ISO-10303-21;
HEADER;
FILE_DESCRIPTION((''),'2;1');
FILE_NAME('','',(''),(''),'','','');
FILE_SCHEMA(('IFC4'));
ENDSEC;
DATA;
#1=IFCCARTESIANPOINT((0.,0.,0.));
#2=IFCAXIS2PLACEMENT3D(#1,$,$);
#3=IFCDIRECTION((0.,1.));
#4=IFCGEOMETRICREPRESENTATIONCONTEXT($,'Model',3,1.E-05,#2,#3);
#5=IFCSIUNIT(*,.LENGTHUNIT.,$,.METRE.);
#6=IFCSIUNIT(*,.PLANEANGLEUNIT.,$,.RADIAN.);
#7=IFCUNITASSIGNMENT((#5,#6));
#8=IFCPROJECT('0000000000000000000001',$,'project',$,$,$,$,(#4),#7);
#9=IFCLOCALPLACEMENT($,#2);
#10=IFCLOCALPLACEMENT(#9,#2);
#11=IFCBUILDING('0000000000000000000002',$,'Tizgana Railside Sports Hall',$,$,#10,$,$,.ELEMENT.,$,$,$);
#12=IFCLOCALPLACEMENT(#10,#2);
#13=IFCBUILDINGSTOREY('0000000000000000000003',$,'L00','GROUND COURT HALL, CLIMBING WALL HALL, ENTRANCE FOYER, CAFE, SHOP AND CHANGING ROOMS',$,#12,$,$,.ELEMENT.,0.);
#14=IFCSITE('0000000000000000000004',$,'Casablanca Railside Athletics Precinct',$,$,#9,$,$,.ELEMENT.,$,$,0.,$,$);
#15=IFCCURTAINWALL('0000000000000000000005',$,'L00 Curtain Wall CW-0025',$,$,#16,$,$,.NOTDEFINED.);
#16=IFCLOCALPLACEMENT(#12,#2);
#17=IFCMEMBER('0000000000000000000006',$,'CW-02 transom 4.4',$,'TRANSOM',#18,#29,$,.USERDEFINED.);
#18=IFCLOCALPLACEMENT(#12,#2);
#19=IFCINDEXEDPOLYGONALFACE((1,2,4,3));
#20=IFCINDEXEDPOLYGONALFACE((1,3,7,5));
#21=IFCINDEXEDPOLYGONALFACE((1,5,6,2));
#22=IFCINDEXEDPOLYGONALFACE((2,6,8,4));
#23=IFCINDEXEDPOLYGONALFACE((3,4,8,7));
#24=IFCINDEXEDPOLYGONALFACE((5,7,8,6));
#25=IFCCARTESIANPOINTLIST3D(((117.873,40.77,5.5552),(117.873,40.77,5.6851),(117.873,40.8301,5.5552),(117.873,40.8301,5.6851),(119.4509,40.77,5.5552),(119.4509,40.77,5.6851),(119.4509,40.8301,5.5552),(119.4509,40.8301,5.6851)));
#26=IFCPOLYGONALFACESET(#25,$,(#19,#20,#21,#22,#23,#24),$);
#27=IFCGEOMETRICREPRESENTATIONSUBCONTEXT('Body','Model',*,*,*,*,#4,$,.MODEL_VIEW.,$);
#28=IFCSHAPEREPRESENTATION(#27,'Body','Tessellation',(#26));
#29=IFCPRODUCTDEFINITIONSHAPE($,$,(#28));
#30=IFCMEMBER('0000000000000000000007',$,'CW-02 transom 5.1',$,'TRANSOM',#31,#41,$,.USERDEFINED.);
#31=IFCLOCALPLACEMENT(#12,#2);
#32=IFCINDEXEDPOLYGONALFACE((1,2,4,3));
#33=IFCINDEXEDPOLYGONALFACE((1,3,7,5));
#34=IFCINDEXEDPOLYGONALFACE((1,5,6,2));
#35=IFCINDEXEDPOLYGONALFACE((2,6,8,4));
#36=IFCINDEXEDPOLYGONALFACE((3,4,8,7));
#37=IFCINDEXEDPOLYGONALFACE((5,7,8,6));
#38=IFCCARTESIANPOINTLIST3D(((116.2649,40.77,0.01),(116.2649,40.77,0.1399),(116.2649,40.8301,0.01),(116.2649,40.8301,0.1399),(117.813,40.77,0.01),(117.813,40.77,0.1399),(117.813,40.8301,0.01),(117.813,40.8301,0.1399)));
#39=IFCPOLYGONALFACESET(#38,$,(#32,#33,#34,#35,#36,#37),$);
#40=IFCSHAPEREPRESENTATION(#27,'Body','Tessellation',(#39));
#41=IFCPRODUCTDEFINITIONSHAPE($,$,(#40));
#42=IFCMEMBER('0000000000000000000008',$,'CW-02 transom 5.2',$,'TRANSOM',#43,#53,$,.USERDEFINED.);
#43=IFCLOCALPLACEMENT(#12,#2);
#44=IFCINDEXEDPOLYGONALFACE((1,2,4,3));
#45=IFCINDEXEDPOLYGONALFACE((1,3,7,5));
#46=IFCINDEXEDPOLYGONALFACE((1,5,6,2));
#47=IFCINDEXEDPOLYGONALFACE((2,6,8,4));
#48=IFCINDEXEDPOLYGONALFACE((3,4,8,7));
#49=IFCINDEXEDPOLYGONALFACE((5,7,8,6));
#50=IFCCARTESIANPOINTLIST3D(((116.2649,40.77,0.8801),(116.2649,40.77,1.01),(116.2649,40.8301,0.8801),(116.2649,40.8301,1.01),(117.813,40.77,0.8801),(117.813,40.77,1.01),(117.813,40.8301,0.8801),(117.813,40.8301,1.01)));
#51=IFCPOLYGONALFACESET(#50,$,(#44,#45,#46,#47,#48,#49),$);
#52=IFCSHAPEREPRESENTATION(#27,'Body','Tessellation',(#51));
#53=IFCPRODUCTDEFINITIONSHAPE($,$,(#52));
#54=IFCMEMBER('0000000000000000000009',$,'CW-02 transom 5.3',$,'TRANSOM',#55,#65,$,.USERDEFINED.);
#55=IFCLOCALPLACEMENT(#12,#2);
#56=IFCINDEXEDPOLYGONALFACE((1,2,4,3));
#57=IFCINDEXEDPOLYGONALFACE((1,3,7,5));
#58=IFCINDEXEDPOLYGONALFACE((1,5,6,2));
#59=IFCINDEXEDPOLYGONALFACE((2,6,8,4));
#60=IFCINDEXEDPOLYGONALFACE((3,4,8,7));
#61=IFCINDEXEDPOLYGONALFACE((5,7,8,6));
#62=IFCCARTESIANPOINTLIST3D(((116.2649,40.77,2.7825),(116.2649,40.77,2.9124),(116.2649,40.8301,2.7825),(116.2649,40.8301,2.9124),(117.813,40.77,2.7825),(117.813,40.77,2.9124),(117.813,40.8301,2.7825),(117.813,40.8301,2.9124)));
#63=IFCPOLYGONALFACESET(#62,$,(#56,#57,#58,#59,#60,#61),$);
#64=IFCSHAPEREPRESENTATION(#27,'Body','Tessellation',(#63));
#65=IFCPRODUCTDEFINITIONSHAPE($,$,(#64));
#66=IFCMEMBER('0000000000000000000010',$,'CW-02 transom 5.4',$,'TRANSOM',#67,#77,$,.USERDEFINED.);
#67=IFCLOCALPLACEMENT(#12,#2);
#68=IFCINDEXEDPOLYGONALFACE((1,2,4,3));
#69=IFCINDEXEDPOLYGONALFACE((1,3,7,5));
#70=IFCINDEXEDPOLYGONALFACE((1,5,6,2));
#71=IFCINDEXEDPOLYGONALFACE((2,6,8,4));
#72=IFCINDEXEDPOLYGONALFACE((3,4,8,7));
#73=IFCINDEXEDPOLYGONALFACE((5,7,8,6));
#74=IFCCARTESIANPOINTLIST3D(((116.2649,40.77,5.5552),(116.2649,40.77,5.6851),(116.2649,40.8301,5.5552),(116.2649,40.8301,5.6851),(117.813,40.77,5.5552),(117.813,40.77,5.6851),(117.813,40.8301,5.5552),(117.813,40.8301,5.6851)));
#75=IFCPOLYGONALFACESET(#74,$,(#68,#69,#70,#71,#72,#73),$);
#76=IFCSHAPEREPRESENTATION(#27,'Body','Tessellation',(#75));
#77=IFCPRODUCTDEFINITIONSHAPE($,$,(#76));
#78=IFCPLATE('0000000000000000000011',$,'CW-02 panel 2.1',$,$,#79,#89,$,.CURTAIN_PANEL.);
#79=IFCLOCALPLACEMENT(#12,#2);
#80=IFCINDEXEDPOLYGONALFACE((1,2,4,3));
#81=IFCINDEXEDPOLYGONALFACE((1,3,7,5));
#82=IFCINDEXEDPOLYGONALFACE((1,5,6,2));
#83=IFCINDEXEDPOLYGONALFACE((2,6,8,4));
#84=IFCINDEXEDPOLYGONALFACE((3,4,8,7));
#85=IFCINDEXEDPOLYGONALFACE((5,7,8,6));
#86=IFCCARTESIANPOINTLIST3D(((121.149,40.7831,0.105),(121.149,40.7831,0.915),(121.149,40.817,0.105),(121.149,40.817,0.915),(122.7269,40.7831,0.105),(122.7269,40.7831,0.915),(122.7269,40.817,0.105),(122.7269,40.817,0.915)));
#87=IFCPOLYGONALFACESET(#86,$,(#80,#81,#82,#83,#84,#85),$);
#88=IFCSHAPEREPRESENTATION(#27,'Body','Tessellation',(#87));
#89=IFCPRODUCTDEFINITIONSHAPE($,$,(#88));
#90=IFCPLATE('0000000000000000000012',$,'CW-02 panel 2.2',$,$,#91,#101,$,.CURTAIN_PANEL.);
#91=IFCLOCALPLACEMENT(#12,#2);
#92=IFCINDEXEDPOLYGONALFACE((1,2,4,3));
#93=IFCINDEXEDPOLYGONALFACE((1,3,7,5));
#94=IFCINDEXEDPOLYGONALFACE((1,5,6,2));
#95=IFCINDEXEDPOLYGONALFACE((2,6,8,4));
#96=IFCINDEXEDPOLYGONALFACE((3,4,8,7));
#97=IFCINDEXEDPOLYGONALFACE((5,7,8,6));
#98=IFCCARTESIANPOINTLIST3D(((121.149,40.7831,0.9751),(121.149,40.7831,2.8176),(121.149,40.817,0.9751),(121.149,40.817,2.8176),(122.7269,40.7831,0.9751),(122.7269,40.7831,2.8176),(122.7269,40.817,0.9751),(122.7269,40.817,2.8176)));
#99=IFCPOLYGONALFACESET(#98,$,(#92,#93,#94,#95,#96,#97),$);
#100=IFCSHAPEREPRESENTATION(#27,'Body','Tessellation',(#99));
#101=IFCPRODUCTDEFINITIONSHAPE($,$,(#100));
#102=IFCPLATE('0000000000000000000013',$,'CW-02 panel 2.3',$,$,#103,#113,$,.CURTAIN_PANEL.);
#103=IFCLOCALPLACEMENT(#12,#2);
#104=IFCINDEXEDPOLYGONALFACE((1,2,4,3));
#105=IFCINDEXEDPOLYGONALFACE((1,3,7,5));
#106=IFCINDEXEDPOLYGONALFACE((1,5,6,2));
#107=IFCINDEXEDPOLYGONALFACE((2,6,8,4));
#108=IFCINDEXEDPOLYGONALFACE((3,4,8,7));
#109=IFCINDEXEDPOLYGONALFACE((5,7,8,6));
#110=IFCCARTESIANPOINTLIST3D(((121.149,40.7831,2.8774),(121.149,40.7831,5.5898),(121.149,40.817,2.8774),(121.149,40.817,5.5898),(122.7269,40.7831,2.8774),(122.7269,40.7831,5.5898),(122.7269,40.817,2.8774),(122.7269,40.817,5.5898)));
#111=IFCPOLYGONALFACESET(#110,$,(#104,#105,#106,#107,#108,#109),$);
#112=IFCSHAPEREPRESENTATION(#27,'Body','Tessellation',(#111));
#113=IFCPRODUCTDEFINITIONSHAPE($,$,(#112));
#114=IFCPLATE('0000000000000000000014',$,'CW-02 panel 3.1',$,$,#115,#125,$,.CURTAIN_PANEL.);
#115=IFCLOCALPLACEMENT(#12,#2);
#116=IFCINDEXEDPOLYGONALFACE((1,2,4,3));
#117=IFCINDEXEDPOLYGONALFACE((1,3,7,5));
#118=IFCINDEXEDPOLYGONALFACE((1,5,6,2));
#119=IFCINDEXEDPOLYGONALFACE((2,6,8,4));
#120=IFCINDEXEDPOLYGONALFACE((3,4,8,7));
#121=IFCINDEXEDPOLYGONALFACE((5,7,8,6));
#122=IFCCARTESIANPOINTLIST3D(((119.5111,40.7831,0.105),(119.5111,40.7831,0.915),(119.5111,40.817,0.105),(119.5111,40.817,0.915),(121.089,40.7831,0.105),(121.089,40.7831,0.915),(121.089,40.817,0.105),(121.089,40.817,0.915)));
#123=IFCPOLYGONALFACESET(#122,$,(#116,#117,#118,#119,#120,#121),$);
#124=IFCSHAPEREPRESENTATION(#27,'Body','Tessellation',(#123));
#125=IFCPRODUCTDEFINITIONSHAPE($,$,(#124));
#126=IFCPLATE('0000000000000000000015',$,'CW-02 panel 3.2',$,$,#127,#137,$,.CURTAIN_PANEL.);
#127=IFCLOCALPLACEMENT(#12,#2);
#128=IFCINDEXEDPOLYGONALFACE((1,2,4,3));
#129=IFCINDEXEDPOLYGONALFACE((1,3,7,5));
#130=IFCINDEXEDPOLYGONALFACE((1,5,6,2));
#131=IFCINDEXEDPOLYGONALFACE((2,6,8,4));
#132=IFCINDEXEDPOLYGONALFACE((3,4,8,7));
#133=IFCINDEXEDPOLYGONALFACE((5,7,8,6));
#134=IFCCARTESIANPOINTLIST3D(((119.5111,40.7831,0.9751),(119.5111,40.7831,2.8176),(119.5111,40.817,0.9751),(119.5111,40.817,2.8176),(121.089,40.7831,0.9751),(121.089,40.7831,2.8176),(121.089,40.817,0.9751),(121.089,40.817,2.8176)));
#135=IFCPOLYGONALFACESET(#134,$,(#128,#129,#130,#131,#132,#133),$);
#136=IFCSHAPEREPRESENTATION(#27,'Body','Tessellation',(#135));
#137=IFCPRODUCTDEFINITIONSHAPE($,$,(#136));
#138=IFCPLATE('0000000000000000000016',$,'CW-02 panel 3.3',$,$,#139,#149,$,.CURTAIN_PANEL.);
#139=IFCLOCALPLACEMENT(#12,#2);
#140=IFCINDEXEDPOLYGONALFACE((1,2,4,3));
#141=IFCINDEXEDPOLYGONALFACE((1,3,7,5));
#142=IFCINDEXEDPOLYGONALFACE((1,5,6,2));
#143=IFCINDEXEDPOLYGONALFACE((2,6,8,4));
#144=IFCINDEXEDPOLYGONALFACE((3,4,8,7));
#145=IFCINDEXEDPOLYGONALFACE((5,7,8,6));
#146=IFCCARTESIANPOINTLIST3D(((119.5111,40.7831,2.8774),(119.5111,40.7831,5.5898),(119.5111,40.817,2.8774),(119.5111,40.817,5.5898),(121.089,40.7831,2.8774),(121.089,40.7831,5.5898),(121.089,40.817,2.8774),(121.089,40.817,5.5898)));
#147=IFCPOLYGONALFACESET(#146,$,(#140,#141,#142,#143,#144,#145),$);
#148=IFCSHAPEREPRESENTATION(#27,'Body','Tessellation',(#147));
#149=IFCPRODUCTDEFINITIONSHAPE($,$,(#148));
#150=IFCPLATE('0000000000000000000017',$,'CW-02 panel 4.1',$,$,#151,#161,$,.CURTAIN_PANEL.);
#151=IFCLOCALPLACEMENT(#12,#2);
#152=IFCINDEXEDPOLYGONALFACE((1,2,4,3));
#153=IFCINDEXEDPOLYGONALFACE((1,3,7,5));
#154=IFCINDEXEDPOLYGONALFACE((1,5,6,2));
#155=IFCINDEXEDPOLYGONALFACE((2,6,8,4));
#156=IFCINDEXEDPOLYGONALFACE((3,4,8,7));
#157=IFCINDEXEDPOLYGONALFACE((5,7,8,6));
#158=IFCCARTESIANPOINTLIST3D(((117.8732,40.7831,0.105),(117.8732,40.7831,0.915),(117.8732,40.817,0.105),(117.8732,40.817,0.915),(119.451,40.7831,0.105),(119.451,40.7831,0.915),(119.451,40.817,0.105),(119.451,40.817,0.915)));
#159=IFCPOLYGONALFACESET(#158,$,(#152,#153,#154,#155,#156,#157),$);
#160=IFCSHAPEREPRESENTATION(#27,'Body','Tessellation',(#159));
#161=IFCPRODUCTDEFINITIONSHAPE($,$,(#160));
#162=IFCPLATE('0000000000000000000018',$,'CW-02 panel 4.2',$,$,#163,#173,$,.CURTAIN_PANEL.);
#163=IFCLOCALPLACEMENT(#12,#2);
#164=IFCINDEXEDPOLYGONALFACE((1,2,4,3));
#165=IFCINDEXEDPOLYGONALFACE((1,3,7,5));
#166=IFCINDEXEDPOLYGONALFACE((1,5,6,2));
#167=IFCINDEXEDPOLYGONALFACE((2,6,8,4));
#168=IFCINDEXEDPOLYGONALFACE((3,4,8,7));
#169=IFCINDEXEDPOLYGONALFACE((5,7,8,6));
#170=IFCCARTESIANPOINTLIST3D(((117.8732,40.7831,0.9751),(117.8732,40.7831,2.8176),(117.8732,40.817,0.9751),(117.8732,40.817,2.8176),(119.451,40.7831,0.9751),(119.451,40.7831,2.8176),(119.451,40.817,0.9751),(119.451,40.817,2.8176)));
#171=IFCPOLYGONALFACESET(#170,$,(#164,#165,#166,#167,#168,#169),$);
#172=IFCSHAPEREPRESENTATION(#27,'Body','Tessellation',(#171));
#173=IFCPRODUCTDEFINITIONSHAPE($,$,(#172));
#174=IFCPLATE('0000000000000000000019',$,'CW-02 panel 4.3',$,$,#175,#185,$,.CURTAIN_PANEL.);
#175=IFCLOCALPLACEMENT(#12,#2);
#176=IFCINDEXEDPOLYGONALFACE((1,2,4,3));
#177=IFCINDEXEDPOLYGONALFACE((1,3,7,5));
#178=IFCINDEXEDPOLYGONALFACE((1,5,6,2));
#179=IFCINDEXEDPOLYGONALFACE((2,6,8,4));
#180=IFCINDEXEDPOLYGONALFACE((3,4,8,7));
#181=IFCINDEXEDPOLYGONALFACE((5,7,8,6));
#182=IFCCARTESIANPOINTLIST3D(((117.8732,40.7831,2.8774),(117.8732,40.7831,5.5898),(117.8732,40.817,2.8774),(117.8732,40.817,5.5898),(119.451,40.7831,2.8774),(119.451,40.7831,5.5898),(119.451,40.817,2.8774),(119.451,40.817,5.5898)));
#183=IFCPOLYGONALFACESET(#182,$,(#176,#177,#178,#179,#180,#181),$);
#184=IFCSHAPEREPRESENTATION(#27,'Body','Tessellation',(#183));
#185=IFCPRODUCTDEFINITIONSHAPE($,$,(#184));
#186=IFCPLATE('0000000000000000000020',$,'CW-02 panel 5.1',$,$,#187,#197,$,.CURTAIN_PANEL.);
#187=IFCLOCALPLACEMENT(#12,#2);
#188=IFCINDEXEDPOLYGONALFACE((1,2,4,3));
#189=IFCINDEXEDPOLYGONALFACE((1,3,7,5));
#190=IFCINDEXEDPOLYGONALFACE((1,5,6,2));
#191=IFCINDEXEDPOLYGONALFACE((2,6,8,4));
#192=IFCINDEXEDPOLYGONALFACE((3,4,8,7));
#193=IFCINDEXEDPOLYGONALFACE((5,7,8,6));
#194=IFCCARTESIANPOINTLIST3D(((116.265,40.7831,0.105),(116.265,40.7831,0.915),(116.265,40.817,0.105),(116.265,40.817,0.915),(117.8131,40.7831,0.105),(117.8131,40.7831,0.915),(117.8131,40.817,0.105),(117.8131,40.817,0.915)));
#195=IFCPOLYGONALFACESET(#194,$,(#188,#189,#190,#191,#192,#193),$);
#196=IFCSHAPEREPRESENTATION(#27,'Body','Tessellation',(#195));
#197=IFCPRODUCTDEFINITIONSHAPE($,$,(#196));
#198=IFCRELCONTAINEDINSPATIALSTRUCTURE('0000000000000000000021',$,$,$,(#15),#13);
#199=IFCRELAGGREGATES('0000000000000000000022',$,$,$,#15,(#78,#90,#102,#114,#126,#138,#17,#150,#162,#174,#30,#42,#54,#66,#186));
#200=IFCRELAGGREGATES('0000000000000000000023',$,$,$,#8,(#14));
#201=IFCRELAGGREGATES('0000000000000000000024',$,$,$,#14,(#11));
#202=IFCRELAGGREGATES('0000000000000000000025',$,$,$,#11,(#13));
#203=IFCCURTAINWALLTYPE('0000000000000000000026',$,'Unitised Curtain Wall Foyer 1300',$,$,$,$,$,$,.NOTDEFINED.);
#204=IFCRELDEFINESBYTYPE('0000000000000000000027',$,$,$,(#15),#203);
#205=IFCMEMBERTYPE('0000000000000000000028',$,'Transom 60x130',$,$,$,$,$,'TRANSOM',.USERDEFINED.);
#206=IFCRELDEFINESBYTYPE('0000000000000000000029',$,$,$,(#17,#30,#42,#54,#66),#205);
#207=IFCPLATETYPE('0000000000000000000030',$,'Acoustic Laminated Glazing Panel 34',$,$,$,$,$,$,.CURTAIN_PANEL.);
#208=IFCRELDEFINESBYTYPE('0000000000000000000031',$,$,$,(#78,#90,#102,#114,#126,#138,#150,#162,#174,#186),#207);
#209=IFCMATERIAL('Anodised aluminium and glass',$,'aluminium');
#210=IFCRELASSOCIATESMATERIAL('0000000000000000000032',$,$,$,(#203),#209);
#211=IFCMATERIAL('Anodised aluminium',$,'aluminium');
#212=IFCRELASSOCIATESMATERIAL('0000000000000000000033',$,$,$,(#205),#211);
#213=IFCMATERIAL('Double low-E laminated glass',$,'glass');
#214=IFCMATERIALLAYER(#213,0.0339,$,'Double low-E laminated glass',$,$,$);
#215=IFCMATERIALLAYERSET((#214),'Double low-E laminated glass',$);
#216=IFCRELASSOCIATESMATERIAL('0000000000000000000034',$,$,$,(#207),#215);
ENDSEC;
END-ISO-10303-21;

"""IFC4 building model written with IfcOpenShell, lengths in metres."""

from ifc_helpers import new_model, si_unit, direction, frame, origin, origin_2d, place, context, subcontext, project, spatial, rectangle, extrude, material, layer, layer_set, material_profile, profile_set, type_object, element, aggregate, save


model = new_model("IFC4")

# Units and contexts
model_context = context("Model", 3, precision=1e-05, world=origin(), true_north=direction((0.0, 1.0)))
body_context = subcontext(model_context, "Body", "Model", "MODEL_VIEW")
ifc_project = project(units=[si_unit("LENGTHUNIT", "METRE"), si_unit("PLANEANGLEUNIT", "RADIAN")], contexts=[model_context])

# Site, building, storey
site_placement = place(None, origin())
site = spatial("IfcSite", under=ifc_project, at=site_placement, Name="Casablanca Railside Athletics Precinct", CompositionType="ELEMENT", RefElevation=0.0)
building_placement = place(site_placement, origin())
building = spatial("IfcBuilding", under=site, at=building_placement, Name="Tizgana Railside Sports Hall", CompositionType="ELEMENT")
storey_placement = place(building_placement, origin())
storey = spatial("IfcBuildingStorey", under=building, at=storey_placement, Name="L00", Description="GROUND COURT HALL, CLIMBING WALL HALL, ENTRANCE FOYER, CAFE, SHOP AND CHANGING ROOMS", CompositionType="ELEMENT", Elevation=0.0)

# Curtain wall
ifc_material_1 = material(Name="Anodised aluminium and glass", Category="aluminium")
curtain_wall_type = type_object("IfcCurtainWallType", Name="Unitised Curtain Wall Foyer 1300", PredefinedType="NOTDEFINED", material=ifc_material_1)
curtain_wall_placement = place(storey_placement, origin())
curtain_wall = element("IfcCurtainWall", 1, at=curtain_wall_placement, inside=storey, type_object=curtain_wall_type, Name="L00 Curtain Wall CW-0025", PredefinedType="NOTDEFINED")
ifc_material_2 = material(Name="Anodised aluminium", Category="aluminium")

# Members
ifc_material_profile_1 = material_profile(ifc_material_2, rectangle(XDim=0.0601, YDim=0.1299, at=origin_2d()), Name="Transom 60x130")
ifc_profile_set_1 = profile_set([ifc_material_profile_1], Name="Anodised aluminium")
member_type_1 = type_object("IfcMemberType", Name="Transom 60x130", ElementType="TRANSOM", PredefinedType="USERDEFINED", material=ifc_profile_set_1)
member_1_placement = place(storey_placement, frame((119.4509, 40.8, 5.6201), z_axis=(-1.0, 0.0, 0.0), x_axis=(0.0, -1.0, 0.0)))
member_1 = element("IfcMember", 2, at=member_1_placement, type_object=member_type_1, Name="CW-02 transom 4.4", ObjectType="TRANSOM", PredefinedType="USERDEFINED", context=body_context, shape_type="SweptSolid", body=[
    extrude(rectangle(XDim=0.0601, YDim=0.1299, at=origin_2d()), origin(), (0.0, 0.0, 1.0), 1.5779),
])
member_2_placement = place(storey_placement, frame((117.813, 40.8, 0.075), z_axis=(-1.0, 0.0, 0.0), x_axis=(0.0, -1.0, 0.0)))
member_2 = element("IfcMember", 3, at=member_2_placement, type_object=member_type_1, Name="CW-02 transom 5.1", ObjectType="TRANSOM", PredefinedType="USERDEFINED", context=body_context, shape_type="SweptSolid", body=[
    extrude(rectangle(XDim=0.0601, YDim=0.1299, at=origin_2d()), origin(), (0.0, 0.0, 1.0), 1.5481),
])
member_3_placement = place(storey_placement, frame((117.813, 40.8, 0.9451), z_axis=(-1.0, 0.0, 0.0), x_axis=(0.0, -1.0, 0.0)))
member_3 = element("IfcMember", 4, at=member_3_placement, type_object=member_type_1, Name="CW-02 transom 5.2", ObjectType="TRANSOM", PredefinedType="USERDEFINED", context=body_context, shape_type="SweptSolid", body=[
    extrude(rectangle(XDim=0.0601, YDim=0.1299, at=origin_2d()), origin(), (0.0, 0.0, 1.0), 1.5481),
])
member_4_placement = place(storey_placement, frame((117.813, 40.8, 2.8474), z_axis=(-1.0, 0.0, 0.0), x_axis=(0.0, -1.0, 0.0)))
member_4 = element("IfcMember", 5, at=member_4_placement, type_object=member_type_1, Name="CW-02 transom 5.3", ObjectType="TRANSOM", PredefinedType="USERDEFINED", context=body_context, shape_type="SweptSolid", body=[
    extrude(rectangle(XDim=0.0601, YDim=0.1299, at=origin_2d()), origin(), (0.0, 0.0, 1.0), 1.5481),
])
member_5_placement = place(storey_placement, frame((117.813, 40.8, 5.6201), z_axis=(-1.0, 0.0, 0.0), x_axis=(0.0, -1.0, 0.0)))
member_5 = element("IfcMember", 6, at=member_5_placement, type_object=member_type_1, Name="CW-02 transom 5.4", ObjectType="TRANSOM", PredefinedType="USERDEFINED", context=body_context, shape_type="SweptSolid", body=[
    extrude(rectangle(XDim=0.0601, YDim=0.1299, at=origin_2d()), origin(), (0.0, 0.0, 1.0), 1.5481),
])

# Plates
ifc_material_3 = material(Name="Double low-E laminated glass", Category="glass")
ifc_layer = layer(ifc_material_3, 0.0339, Name="Double low-E laminated glass")
ifc_layer_set = layer_set([ifc_layer], Name="Double low-E laminated glass")
plate_type = type_object("IfcPlateType", Name="Acoustic Laminated Glazing Panel 34", PredefinedType="CURTAIN_PANEL", material=ifc_layer_set)
plate_1_placement = place(storey_placement, frame((121.938, 40.8, 0.105), z_axis=(0.0, 0.0, 1.0), x_axis=(-1.0, 0.0, 0.0)))
plate_1 = element("IfcPlate", 7, at=plate_1_placement, type_object=plate_type, Name="CW-02 panel 2.1", PredefinedType="CURTAIN_PANEL", context=body_context, shape_type="SweptSolid", body=[
    extrude(rectangle(XDim=1.5779, YDim=0.0339, at=origin_2d()), origin(), (0.0, 0.0, 1.0), 0.8101),
])
plate_2_placement = place(storey_placement, frame((121.938, 40.8, 0.9751), z_axis=(0.0, 0.0, 1.0), x_axis=(-1.0, 0.0, 0.0)))
plate_2 = element("IfcPlate", 8, at=plate_2_placement, type_object=plate_type, Name="CW-02 panel 2.2", PredefinedType="CURTAIN_PANEL", context=body_context, shape_type="SweptSolid", body=[
    extrude(rectangle(XDim=1.5779, YDim=0.0339, at=origin_2d()), origin(), (0.0, 0.0, 1.0), 1.8425),
])
plate_3_placement = place(storey_placement, frame((121.938, 40.8, 2.8774), z_axis=(0.0, 0.0, 1.0), x_axis=(-1.0, 0.0, 0.0)))
plate_3 = element("IfcPlate", 9, at=plate_3_placement, type_object=plate_type, Name="CW-02 panel 2.3", PredefinedType="CURTAIN_PANEL", context=body_context, shape_type="SweptSolid", body=[
    extrude(rectangle(XDim=1.5779, YDim=0.0339, at=origin_2d()), origin(), (0.0, 0.0, 1.0), 2.7124),
])
plate_4_placement = place(storey_placement, frame((120.3, 40.8, 0.105), z_axis=(0.0, 0.0, 1.0), x_axis=(-1.0, 0.0, 0.0)))
plate_4 = element("IfcPlate", 10, at=plate_4_placement, type_object=plate_type, Name="CW-02 panel 3.1", PredefinedType="CURTAIN_PANEL", context=body_context, shape_type="SweptSolid", body=[
    extrude(rectangle(XDim=1.5779, YDim=0.0339, at=origin_2d()), origin(), (0.0, 0.0, 1.0), 0.8101),
])
plate_5_placement = place(storey_placement, frame((120.3, 40.8, 0.9751), z_axis=(0.0, 0.0, 1.0), x_axis=(-1.0, 0.0, 0.0)))
plate_5 = element("IfcPlate", 11, at=plate_5_placement, type_object=plate_type, Name="CW-02 panel 3.2", PredefinedType="CURTAIN_PANEL", context=body_context, shape_type="SweptSolid", body=[
    extrude(rectangle(XDim=1.5779, YDim=0.0339, at=origin_2d()), origin(), (0.0, 0.0, 1.0), 1.8425),
])
plate_6_placement = place(storey_placement, frame((120.3, 40.8, 2.8774), z_axis=(0.0, 0.0, 1.0), x_axis=(-1.0, 0.0, 0.0)))
plate_6 = element("IfcPlate", 12, at=plate_6_placement, type_object=plate_type, Name="CW-02 panel 3.3", PredefinedType="CURTAIN_PANEL", context=body_context, shape_type="SweptSolid", body=[
    extrude(rectangle(XDim=1.5779, YDim=0.0339, at=origin_2d()), origin(), (0.0, 0.0, 1.0), 2.7124),
])
plate_7_placement = place(storey_placement, frame((118.6621, 40.8, 0.105), z_axis=(0.0, 0.0, 1.0), x_axis=(-1.0, 0.0, 0.0)))
plate_7 = element("IfcPlate", 13, at=plate_7_placement, type_object=plate_type, Name="CW-02 panel 4.1", PredefinedType="CURTAIN_PANEL", context=body_context, shape_type="SweptSolid", body=[
    extrude(rectangle(XDim=1.5779, YDim=0.0339, at=origin_2d()), origin(), (0.0, 0.0, 1.0), 0.8101),
])
plate_8_placement = place(storey_placement, frame((118.6621, 40.8, 0.9751), z_axis=(0.0, 0.0, 1.0), x_axis=(-1.0, 0.0, 0.0)))
plate_8 = element("IfcPlate", 14, at=plate_8_placement, type_object=plate_type, Name="CW-02 panel 4.2", PredefinedType="CURTAIN_PANEL", context=body_context, shape_type="SweptSolid", body=[
    extrude(rectangle(XDim=1.5779, YDim=0.0339, at=origin_2d()), origin(), (0.0, 0.0, 1.0), 1.8425),
])
plate_9_placement = place(storey_placement, frame((118.6621, 40.8, 2.8774), z_axis=(0.0, 0.0, 1.0), x_axis=(-1.0, 0.0, 0.0)))
plate_9 = element("IfcPlate", 15, at=plate_9_placement, type_object=plate_type, Name="CW-02 panel 4.3", PredefinedType="CURTAIN_PANEL", context=body_context, shape_type="SweptSolid", body=[
    extrude(rectangle(XDim=1.5779, YDim=0.0339, at=origin_2d()), origin(), (0.0, 0.0, 1.0), 2.7124),
])
plate_10_placement = place(storey_placement, frame((117.0391, 40.8, 0.105), z_axis=(0.0, 0.0, 1.0), x_axis=(-1.0, 0.0, 0.0)))
plate_10 = element("IfcPlate", 16, at=plate_10_placement, type_object=plate_type, Name="CW-02 panel 5.1", PredefinedType="CURTAIN_PANEL", context=body_context, shape_type="SweptSolid", body=[
    extrude(rectangle(XDim=1.5481, YDim=0.0339, at=origin_2d()), origin(), (0.0, 0.0, 1.0), 0.8101),
])
aggregate(curtain_wall, [plate_1, plate_2, plate_3, plate_4, plate_5, plate_6, member_1, plate_7, plate_8, plate_9, member_2, member_3, member_4, member_5, plate_10])

save(model, "model.ifc")
